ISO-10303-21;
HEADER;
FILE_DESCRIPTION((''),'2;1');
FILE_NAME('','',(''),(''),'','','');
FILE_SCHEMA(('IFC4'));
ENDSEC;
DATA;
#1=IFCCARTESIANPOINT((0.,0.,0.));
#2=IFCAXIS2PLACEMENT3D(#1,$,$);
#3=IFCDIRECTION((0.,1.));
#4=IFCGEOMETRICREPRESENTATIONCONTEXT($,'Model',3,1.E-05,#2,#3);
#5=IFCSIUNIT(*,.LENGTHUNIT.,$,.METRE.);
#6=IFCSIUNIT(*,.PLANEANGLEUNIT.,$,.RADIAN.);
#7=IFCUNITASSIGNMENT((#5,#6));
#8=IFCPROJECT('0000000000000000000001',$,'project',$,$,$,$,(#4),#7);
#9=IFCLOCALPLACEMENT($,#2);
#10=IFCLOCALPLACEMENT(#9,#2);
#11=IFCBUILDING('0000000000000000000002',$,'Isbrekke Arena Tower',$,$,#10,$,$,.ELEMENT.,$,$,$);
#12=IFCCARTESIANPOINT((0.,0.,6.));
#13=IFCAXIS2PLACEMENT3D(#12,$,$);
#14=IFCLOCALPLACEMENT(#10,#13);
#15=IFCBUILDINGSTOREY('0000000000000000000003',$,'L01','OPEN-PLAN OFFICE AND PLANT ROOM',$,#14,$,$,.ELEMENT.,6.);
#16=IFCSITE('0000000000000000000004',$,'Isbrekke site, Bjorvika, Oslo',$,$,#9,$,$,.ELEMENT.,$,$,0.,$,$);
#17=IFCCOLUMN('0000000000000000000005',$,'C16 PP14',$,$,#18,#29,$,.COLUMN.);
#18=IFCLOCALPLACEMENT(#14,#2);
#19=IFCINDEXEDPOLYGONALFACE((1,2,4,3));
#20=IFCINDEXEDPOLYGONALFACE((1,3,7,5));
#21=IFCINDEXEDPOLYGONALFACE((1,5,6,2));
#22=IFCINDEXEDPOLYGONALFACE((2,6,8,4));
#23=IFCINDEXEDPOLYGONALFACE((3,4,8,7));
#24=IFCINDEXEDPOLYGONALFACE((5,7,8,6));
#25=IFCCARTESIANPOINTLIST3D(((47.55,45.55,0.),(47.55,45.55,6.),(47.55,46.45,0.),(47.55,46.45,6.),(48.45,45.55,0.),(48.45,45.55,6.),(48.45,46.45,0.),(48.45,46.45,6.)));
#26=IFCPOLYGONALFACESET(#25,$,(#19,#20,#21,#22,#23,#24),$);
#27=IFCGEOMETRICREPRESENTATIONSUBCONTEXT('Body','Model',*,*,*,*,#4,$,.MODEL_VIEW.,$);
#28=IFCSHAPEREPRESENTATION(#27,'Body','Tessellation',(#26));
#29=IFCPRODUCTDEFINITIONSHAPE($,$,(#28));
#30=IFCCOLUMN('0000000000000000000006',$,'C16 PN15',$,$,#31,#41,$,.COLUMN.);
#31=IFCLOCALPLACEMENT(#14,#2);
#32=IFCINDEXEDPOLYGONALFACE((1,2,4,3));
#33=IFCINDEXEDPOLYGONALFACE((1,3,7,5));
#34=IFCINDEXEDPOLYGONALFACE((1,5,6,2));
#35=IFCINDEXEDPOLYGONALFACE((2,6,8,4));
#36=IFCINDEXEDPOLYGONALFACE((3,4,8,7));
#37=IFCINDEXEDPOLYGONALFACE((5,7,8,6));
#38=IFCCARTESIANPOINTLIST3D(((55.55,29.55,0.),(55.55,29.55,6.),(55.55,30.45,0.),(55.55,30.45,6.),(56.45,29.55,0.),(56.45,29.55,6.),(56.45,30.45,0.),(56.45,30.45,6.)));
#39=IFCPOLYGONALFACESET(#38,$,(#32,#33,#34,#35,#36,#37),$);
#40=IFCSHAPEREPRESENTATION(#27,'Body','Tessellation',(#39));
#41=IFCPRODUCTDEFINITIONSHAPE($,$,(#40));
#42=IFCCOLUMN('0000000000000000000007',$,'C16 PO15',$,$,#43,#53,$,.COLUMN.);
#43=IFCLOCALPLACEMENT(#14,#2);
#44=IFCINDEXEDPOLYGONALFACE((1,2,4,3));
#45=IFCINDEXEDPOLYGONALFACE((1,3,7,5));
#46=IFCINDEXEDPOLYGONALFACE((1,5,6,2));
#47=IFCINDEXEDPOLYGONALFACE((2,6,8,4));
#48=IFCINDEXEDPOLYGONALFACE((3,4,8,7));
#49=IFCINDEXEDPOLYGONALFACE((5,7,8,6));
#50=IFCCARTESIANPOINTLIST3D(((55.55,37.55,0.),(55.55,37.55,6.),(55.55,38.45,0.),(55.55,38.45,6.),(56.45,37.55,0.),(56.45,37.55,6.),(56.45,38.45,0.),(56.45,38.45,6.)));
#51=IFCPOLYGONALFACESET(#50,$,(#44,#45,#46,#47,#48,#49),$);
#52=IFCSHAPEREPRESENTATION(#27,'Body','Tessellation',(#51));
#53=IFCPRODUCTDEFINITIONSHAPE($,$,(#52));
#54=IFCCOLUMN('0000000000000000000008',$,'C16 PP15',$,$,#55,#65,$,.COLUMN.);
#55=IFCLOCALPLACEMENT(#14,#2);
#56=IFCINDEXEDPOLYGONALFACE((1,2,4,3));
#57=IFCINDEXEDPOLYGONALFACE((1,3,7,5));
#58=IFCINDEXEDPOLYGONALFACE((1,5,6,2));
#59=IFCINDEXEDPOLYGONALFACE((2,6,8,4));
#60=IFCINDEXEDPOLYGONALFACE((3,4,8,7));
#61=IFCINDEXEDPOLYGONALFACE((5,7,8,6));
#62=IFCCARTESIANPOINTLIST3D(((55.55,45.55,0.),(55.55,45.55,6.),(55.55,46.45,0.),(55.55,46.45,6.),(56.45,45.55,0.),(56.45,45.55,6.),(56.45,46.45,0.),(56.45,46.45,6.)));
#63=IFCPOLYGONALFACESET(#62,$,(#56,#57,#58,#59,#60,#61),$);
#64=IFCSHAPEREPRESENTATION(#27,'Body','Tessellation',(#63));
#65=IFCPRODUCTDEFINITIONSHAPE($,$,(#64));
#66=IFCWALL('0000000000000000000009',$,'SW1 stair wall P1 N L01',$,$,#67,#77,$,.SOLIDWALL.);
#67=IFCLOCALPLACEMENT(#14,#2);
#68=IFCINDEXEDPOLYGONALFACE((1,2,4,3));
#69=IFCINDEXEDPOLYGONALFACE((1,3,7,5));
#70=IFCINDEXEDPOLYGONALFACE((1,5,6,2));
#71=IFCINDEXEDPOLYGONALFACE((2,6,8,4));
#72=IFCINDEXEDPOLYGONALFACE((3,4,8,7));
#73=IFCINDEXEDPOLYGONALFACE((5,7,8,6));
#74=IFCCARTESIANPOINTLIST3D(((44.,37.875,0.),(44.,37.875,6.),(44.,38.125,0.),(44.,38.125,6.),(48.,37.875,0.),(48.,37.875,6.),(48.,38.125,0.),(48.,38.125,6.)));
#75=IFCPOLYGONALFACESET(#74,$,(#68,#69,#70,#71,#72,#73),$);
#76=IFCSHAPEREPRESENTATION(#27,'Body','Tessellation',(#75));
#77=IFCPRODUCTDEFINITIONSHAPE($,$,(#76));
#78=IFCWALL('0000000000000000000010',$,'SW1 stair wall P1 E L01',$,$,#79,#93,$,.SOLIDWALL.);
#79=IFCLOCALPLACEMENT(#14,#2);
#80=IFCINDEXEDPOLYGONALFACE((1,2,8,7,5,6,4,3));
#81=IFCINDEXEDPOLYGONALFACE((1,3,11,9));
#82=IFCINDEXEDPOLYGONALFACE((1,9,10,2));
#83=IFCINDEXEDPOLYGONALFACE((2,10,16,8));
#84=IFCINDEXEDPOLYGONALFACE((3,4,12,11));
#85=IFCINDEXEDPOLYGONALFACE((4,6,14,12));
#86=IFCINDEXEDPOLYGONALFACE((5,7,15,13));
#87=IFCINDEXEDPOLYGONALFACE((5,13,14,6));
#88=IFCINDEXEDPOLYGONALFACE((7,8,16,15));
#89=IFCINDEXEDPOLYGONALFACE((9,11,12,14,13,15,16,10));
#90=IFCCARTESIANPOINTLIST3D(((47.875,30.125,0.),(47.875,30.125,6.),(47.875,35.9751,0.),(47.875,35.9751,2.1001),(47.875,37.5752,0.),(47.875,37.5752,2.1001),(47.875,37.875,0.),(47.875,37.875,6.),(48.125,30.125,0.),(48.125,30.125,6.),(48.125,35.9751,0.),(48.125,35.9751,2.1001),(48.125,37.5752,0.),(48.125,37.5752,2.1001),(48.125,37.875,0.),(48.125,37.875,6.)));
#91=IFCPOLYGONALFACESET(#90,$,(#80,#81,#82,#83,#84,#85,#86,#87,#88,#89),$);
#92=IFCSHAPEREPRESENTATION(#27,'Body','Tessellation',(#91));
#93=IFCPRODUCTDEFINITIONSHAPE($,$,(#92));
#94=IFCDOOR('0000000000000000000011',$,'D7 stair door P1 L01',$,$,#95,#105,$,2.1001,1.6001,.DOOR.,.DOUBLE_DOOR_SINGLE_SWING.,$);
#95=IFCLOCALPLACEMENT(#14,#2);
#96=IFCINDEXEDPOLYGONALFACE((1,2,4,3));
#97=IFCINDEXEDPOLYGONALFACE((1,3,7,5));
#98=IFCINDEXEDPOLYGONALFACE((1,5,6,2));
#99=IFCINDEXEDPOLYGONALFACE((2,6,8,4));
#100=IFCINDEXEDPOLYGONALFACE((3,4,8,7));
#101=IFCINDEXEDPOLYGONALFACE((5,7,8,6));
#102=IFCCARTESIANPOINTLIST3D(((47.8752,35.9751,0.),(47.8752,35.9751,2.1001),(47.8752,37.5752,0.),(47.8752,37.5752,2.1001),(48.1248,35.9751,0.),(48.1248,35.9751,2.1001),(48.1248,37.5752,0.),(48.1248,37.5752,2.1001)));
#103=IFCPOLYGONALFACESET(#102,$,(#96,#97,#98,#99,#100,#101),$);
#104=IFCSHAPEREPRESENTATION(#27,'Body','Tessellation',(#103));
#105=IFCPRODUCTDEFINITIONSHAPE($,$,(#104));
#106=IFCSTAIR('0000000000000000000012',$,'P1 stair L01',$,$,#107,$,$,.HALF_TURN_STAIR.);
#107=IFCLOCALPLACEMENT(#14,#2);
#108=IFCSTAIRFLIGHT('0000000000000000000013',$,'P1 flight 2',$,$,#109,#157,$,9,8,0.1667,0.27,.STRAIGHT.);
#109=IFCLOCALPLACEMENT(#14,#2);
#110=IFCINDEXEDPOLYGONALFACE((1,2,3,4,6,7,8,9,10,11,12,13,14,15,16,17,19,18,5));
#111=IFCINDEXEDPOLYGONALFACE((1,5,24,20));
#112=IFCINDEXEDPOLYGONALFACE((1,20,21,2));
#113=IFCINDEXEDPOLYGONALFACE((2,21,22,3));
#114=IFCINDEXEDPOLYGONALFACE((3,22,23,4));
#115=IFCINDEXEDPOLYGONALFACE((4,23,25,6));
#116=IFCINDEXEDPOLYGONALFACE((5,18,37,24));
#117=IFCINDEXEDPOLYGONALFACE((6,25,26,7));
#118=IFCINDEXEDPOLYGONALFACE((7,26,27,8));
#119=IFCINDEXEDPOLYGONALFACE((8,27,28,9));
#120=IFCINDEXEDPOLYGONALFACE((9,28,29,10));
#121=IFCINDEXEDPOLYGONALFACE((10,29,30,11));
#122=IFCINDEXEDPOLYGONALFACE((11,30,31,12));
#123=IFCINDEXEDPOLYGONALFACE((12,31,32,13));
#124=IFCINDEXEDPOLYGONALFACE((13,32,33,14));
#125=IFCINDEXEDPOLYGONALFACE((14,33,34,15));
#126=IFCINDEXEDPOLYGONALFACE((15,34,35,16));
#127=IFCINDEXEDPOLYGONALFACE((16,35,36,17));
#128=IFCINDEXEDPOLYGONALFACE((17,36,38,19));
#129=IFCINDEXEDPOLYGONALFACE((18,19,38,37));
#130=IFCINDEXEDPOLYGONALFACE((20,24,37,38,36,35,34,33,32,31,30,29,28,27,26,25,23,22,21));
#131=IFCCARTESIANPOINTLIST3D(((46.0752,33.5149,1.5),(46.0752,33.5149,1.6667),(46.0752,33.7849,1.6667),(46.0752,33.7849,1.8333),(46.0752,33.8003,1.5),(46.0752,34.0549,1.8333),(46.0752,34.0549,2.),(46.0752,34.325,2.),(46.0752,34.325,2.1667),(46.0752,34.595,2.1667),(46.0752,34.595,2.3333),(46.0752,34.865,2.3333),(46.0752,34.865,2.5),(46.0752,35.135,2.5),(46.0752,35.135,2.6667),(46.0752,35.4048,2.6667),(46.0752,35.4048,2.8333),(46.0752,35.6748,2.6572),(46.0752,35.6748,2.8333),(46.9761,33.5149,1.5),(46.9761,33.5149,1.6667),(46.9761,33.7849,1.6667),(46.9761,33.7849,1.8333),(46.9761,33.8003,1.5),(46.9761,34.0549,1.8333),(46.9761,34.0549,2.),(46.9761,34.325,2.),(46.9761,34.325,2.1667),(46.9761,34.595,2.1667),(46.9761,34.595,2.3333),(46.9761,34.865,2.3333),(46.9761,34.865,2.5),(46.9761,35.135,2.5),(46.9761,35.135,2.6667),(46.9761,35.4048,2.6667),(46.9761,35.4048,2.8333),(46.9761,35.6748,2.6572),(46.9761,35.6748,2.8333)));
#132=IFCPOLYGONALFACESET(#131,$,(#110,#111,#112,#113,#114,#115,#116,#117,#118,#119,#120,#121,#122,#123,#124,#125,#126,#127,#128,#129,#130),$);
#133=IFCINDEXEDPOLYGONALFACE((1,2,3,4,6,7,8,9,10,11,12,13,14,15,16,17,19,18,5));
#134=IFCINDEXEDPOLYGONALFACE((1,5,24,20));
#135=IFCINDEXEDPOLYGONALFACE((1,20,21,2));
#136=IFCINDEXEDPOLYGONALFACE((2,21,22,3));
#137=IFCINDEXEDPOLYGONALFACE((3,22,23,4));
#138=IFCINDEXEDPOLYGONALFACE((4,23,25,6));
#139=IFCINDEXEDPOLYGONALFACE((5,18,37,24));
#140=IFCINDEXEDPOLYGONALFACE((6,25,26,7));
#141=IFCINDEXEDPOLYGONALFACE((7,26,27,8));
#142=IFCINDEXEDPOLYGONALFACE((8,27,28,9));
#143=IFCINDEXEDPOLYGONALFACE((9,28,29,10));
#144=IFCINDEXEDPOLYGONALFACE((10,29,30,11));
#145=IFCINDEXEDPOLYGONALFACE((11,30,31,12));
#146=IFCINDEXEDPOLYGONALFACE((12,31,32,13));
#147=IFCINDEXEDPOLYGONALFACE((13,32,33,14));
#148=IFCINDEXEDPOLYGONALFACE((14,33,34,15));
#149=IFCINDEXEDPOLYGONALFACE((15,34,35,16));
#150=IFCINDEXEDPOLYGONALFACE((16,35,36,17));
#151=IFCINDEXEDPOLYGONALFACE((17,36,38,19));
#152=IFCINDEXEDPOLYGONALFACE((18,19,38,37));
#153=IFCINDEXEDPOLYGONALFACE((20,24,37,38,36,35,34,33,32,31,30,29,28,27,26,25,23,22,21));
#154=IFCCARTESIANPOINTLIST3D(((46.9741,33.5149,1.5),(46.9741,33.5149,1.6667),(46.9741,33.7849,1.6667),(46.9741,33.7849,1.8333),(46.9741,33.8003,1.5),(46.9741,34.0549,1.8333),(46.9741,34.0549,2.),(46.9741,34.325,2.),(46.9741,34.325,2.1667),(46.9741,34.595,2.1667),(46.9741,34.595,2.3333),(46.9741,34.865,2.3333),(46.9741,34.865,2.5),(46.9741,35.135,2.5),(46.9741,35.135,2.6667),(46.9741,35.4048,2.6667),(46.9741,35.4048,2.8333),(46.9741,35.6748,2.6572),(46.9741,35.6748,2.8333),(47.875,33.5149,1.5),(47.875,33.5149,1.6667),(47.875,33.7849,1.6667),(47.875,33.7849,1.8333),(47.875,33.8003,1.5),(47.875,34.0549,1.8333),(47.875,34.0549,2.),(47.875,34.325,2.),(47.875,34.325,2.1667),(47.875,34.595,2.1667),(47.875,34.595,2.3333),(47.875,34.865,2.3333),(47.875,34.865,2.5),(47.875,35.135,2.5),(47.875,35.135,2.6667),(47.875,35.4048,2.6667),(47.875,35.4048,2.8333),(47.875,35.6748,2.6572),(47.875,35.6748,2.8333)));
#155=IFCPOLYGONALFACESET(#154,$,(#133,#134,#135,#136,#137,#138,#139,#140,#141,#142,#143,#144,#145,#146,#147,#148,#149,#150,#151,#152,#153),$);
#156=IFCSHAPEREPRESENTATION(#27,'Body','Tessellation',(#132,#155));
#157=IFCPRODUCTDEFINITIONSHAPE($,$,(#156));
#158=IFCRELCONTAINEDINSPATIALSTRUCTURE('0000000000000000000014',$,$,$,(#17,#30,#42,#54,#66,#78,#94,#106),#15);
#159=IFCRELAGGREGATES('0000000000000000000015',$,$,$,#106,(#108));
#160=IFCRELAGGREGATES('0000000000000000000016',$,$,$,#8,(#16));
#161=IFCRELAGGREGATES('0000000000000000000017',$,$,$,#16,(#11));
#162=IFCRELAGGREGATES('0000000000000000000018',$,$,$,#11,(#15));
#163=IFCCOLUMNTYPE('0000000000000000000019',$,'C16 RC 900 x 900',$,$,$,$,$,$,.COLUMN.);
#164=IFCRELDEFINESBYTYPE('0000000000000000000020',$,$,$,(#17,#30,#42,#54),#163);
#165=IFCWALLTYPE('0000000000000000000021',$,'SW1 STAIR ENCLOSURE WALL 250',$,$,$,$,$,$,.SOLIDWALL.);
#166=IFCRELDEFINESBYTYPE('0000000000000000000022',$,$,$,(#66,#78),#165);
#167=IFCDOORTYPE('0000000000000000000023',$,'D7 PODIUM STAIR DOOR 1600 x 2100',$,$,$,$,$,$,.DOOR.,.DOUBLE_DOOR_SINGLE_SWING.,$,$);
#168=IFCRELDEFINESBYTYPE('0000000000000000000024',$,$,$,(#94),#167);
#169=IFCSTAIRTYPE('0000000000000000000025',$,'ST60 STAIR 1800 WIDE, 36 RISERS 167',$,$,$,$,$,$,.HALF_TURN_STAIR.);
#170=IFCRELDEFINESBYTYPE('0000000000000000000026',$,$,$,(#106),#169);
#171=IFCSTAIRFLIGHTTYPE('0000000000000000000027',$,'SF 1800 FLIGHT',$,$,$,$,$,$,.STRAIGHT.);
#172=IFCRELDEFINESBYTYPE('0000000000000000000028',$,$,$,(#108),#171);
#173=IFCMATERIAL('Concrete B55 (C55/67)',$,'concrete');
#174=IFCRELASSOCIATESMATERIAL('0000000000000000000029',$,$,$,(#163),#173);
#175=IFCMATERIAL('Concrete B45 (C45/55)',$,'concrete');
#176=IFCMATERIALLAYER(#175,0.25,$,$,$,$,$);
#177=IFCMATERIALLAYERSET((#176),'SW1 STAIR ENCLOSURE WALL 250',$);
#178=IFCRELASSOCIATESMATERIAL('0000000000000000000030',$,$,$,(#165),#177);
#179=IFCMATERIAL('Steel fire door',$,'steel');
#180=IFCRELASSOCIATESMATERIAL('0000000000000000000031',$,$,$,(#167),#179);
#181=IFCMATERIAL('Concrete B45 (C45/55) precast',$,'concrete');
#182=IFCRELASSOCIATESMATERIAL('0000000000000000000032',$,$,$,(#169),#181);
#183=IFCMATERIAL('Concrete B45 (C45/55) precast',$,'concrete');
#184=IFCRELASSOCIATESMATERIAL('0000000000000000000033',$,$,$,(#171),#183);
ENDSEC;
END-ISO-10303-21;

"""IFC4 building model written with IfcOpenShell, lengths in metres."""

from ifc_helpers import new_model, si_unit, direction, frame, frame_2d, origin, origin_2d, place, context, subcontext, project, spatial, polyline, rectangle, outline, extrude, material, layer, layer_set, material_profile, profile_set, type_object, element, fill, aggregate, save


model = new_model("IFC4")

# Units and contexts
model_context = context("Model", 3, precision=1e-05, world=origin(), true_north=direction((0.0, 1.0)))
body_context = subcontext(model_context, "Body", "Model", "MODEL_VIEW")
ifc_project = project(units=[si_unit("LENGTHUNIT", "METRE"), si_unit("PLANEANGLEUNIT", "RADIAN")], contexts=[model_context])

# Site, building, storey
site_placement = place(None, origin())
site = spatial("IfcSite", under=ifc_project, at=site_placement, Name="Isbrekke site, Bjorvika, Oslo", CompositionType="ELEMENT", RefElevation=0.0)
building_placement = place(site_placement, origin())
building = spatial("IfcBuilding", under=site, at=building_placement, Name="Isbrekke Arena Tower", CompositionType="ELEMENT")
storey_placement = place(building_placement, frame((0.0, 0.0, 6.0)))
storey = spatial("IfcBuildingStorey", under=building, at=storey_placement, Name="L01", Description="OPEN-PLAN OFFICE AND PLANT ROOM", CompositionType="ELEMENT", Elevation=6.0)

# Columns
ifc_material_1 = material(Name="Concrete B55 (C55/67)", Category="concrete")
ifc_material_profile = material_profile(ifc_material_1, rectangle(XDim=0.8999, YDim=0.8999, at=origin_2d()), Name="RC 900x900")
ifc_profile_set = profile_set([ifc_material_profile], Name="Concrete B55 (C55/67)")
column_type = type_object("IfcColumnType", Name="C16 RC 900 x 900", PredefinedType="COLUMN", material=ifc_profile_set)
for number, where, z_axis, x_axis, name in (
    (1, (48.0, 46.0, 0.0), (0.0, 0.0, 1.0), (1.0, 0.0, 0.0), "C16 PP14"),
    (2, (56.0, 30.0, 0.0), (0.0, 0.0, 1.0), (1.0, 0.0, 0.0), "C16 PN15"),
    (3, (56.0, 38.0, 0.0), (0.0, 0.0, 1.0), (1.0, 0.0, 0.0), "C16 PO15"),
    (4, (56.0, 46.0, 0.0), (0.0, 0.0, 1.0), (1.0, 0.0, 0.0), "C16 PP15"),
):
    element("IfcColumn", number, at=place(storey_placement, frame(where, z_axis=z_axis, x_axis=x_axis)), inside=storey, type_object=column_type, Name=name, PredefinedType="COLUMN", context=body_context, shape_type="SweptSolid", body=[
        extrude(rectangle(XDim=0.8999, YDim=0.8999, at=origin_2d()), origin(), (0.0, 0.0, 1.0), 6.0),
    ])

# Wall
ifc_material_2 = material(Name="Concrete B45 (C45/55)", Category="concrete")
ifc_layer_1 = layer(ifc_material_2, 0.25)
ifc_layer_set_1 = layer_set([ifc_layer_1], Name="SW1 STAIR ENCLOSURE WALL 250")
wall_type_1 = type_object("IfcWallType", Name="SW1 STAIR ENCLOSURE WALL 250", PredefinedType="SOLIDWALL", material=ifc_layer_set_1)
wall_1_placement = place(storey_placement, frame((48.0, 38.0, 0.0), z_axis=(0.0, 0.0, 1.0), x_axis=(-1.0, 0.0, 0.0)))
element("IfcWall", 5, at=wall_1_placement, inside=storey, type_object=wall_type_1, Name="SW1 stair wall P1 N L01", PredefinedType="SOLIDWALL", context=body_context, shape_type="SweptSolid", body=[
    extrude(rectangle(XDim=4.0, YDim=0.25, at=frame_2d((2.0, 0.0))), origin(), (0.0, 0.0, 1.0), 6.0),
])

# Wall, opening, door
wall_2_placement = place(storey_placement, frame((48.0, 30.125, 0.0), z_axis=(0.0, 0.0, 1.0), x_axis=(0.0, 1.0, 0.0)))
wall_2 = element("IfcWall", 6, at=wall_2_placement, inside=storey, type_object=wall_type_1, Name="SW1 stair wall P1 E L01", PredefinedType="SOLIDWALL", context=body_context, shape_type="SweptSolid", body=[
    extrude(rectangle(XDim=7.75, YDim=0.25, at=frame_2d((3.875, 0.0))), origin(), (0.0, 0.0, 1.0), 6.0),
])
opening_1_placement = place(wall_2_placement, frame((5.8501, 0.0, 0.0)))
opening_1 = element("IfcOpeningElement", 7, at=opening_1_placement, cuts=wall_2, PredefinedType="OPENING", context=body_context, shape_type="SweptSolid", body=[
    extrude(rectangle(XDim=1.6001, YDim=2.1001, at=frame_2d((0.8, 1.05))), frame((0.0, 0.1399, 0.0), z_axis=(0.0, -1.0, 0.0), x_axis=(1.0, 0.0, 0.0)), (0.0, 0.0, 1.0), 0.2798),
])
ifc_material_3 = material(Name="Steel fire door", Category="steel")
door_type = type_object("IfcDoorType", Name="D7 PODIUM STAIR DOOR 1600 x 2100", OperationType="DOUBLE_DOOR_SINGLE_SWING", PredefinedType="DOOR", material=ifc_material_3)
door_placement = place(opening_1_placement, origin())
door = element("IfcDoor", 8, at=door_placement, inside=storey, type_object=door_type, Name="D7 stair door P1 L01", OperationType="DOUBLE_DOOR_SINGLE_SWING", OverallHeight=2.1001, OverallWidth=1.6001, PredefinedType="DOOR", context=body_context, shape_type="SweptSolid", body=[
    extrude(rectangle(XDim=1.6001, YDim=2.1001, at=frame_2d((0.8, 1.05))), frame((0.0, 0.1248, 0.0), z_axis=(0.0, -1.0, 0.0), x_axis=(1.0, 0.0, 0.0)), (0.0, 0.0, 1.0), 0.2495),
])
fill(opening_1, door)

# Stair, stair flight
ifc_material_4 = material(Name="Concrete B45 (C45/55) precast", Category="concrete")
stair_type = type_object("IfcStairType", Name="ST60 STAIR 1800 WIDE, 36 RISERS 167", PredefinedType="HALF_TURN_STAIR", material=ifc_material_4)
stair_placement = place(storey_placement, origin())
stair = element("IfcStair", 9, at=stair_placement, inside=storey, type_object=stair_type, Name="P1 stair L01", PredefinedType="HALF_TURN_STAIR")
ifc_material_5 = material(Name="Concrete B45 (C45/55) precast", Category="concrete")
stair_flight_type = type_object("IfcStairFlightType", Name="SF 1800 FLIGHT", PredefinedType="STRAIGHT", material=ifc_material_5)
stair_flight_1_placement = place(storey_placement, frame((46.9751, 33.5149, 1.5), z_axis=(0.0, 0.0, 1.0), x_axis=(0.0, 1.0, 0.0)))
stair_flight_1 = element("IfcStairFlight", 10, at=stair_flight_1_placement, type_object=stair_flight_type, Name="P1 flight 2", NumberOfRisers=9, NumberOfTreads=8, PredefinedType="STRAIGHT", RiserHeight=0.1667, TreadLength=0.27, context=body_context, shape_type="SweptSolid", body=[
    extrude(outline(polyline([(0.0, 0.0), (0.0, 0.1667), (0.27, 0.1667), (0.27, 0.3333), (0.54, 0.3333), (0.54, 0.5), (0.8101, 0.5), (0.8101, 0.6667), (1.0801, 0.6667), (1.0801, 0.8333), (1.3501, 0.8333), (1.3501, 1.0), (1.6201, 1.0), (1.6201, 1.1667), (1.8899, 1.1667), (1.8899, 1.3333), (2.1599, 1.3333), (2.1599, 1.5), (2.1599, 1.1572), (0.2854, 0.0), (0.0, 0.0)])), frame((0.0, 0.8999, 0.0), z_axis=(0.0, -1.0, 0.0), x_axis=(1.0, 0.0, 0.0)), (0.0, 0.0, 1.0), 0.9009),
    extrude(outline(polyline([(0.0, 0.0), (0.0, 0.1667), (0.27, 0.1667), (0.27, 0.3333), (0.54, 0.3333), (0.54, 0.5), (0.8101, 0.5), (0.8101, 0.6667), (1.0801, 0.6667), (1.0801, 0.8333), (1.3501, 0.8333), (1.3501, 1.0), (1.6201, 1.0), (1.6201, 1.1667), (1.8899, 1.1667), (1.8899, 1.3333), (2.1599, 1.3333), (2.1599, 1.5), (2.1599, 1.1572), (0.2854, 0.0), (0.0, 0.0)])), frame((0.0, 0.001, 0.0), z_axis=(0.0, -1.0, 0.0), x_axis=(1.0, 0.0, 0.0)), (0.0, 0.0, 1.0), 0.9009),
])
aggregate(stair, [stair_flight_1])

save(model, "model.ifc")
